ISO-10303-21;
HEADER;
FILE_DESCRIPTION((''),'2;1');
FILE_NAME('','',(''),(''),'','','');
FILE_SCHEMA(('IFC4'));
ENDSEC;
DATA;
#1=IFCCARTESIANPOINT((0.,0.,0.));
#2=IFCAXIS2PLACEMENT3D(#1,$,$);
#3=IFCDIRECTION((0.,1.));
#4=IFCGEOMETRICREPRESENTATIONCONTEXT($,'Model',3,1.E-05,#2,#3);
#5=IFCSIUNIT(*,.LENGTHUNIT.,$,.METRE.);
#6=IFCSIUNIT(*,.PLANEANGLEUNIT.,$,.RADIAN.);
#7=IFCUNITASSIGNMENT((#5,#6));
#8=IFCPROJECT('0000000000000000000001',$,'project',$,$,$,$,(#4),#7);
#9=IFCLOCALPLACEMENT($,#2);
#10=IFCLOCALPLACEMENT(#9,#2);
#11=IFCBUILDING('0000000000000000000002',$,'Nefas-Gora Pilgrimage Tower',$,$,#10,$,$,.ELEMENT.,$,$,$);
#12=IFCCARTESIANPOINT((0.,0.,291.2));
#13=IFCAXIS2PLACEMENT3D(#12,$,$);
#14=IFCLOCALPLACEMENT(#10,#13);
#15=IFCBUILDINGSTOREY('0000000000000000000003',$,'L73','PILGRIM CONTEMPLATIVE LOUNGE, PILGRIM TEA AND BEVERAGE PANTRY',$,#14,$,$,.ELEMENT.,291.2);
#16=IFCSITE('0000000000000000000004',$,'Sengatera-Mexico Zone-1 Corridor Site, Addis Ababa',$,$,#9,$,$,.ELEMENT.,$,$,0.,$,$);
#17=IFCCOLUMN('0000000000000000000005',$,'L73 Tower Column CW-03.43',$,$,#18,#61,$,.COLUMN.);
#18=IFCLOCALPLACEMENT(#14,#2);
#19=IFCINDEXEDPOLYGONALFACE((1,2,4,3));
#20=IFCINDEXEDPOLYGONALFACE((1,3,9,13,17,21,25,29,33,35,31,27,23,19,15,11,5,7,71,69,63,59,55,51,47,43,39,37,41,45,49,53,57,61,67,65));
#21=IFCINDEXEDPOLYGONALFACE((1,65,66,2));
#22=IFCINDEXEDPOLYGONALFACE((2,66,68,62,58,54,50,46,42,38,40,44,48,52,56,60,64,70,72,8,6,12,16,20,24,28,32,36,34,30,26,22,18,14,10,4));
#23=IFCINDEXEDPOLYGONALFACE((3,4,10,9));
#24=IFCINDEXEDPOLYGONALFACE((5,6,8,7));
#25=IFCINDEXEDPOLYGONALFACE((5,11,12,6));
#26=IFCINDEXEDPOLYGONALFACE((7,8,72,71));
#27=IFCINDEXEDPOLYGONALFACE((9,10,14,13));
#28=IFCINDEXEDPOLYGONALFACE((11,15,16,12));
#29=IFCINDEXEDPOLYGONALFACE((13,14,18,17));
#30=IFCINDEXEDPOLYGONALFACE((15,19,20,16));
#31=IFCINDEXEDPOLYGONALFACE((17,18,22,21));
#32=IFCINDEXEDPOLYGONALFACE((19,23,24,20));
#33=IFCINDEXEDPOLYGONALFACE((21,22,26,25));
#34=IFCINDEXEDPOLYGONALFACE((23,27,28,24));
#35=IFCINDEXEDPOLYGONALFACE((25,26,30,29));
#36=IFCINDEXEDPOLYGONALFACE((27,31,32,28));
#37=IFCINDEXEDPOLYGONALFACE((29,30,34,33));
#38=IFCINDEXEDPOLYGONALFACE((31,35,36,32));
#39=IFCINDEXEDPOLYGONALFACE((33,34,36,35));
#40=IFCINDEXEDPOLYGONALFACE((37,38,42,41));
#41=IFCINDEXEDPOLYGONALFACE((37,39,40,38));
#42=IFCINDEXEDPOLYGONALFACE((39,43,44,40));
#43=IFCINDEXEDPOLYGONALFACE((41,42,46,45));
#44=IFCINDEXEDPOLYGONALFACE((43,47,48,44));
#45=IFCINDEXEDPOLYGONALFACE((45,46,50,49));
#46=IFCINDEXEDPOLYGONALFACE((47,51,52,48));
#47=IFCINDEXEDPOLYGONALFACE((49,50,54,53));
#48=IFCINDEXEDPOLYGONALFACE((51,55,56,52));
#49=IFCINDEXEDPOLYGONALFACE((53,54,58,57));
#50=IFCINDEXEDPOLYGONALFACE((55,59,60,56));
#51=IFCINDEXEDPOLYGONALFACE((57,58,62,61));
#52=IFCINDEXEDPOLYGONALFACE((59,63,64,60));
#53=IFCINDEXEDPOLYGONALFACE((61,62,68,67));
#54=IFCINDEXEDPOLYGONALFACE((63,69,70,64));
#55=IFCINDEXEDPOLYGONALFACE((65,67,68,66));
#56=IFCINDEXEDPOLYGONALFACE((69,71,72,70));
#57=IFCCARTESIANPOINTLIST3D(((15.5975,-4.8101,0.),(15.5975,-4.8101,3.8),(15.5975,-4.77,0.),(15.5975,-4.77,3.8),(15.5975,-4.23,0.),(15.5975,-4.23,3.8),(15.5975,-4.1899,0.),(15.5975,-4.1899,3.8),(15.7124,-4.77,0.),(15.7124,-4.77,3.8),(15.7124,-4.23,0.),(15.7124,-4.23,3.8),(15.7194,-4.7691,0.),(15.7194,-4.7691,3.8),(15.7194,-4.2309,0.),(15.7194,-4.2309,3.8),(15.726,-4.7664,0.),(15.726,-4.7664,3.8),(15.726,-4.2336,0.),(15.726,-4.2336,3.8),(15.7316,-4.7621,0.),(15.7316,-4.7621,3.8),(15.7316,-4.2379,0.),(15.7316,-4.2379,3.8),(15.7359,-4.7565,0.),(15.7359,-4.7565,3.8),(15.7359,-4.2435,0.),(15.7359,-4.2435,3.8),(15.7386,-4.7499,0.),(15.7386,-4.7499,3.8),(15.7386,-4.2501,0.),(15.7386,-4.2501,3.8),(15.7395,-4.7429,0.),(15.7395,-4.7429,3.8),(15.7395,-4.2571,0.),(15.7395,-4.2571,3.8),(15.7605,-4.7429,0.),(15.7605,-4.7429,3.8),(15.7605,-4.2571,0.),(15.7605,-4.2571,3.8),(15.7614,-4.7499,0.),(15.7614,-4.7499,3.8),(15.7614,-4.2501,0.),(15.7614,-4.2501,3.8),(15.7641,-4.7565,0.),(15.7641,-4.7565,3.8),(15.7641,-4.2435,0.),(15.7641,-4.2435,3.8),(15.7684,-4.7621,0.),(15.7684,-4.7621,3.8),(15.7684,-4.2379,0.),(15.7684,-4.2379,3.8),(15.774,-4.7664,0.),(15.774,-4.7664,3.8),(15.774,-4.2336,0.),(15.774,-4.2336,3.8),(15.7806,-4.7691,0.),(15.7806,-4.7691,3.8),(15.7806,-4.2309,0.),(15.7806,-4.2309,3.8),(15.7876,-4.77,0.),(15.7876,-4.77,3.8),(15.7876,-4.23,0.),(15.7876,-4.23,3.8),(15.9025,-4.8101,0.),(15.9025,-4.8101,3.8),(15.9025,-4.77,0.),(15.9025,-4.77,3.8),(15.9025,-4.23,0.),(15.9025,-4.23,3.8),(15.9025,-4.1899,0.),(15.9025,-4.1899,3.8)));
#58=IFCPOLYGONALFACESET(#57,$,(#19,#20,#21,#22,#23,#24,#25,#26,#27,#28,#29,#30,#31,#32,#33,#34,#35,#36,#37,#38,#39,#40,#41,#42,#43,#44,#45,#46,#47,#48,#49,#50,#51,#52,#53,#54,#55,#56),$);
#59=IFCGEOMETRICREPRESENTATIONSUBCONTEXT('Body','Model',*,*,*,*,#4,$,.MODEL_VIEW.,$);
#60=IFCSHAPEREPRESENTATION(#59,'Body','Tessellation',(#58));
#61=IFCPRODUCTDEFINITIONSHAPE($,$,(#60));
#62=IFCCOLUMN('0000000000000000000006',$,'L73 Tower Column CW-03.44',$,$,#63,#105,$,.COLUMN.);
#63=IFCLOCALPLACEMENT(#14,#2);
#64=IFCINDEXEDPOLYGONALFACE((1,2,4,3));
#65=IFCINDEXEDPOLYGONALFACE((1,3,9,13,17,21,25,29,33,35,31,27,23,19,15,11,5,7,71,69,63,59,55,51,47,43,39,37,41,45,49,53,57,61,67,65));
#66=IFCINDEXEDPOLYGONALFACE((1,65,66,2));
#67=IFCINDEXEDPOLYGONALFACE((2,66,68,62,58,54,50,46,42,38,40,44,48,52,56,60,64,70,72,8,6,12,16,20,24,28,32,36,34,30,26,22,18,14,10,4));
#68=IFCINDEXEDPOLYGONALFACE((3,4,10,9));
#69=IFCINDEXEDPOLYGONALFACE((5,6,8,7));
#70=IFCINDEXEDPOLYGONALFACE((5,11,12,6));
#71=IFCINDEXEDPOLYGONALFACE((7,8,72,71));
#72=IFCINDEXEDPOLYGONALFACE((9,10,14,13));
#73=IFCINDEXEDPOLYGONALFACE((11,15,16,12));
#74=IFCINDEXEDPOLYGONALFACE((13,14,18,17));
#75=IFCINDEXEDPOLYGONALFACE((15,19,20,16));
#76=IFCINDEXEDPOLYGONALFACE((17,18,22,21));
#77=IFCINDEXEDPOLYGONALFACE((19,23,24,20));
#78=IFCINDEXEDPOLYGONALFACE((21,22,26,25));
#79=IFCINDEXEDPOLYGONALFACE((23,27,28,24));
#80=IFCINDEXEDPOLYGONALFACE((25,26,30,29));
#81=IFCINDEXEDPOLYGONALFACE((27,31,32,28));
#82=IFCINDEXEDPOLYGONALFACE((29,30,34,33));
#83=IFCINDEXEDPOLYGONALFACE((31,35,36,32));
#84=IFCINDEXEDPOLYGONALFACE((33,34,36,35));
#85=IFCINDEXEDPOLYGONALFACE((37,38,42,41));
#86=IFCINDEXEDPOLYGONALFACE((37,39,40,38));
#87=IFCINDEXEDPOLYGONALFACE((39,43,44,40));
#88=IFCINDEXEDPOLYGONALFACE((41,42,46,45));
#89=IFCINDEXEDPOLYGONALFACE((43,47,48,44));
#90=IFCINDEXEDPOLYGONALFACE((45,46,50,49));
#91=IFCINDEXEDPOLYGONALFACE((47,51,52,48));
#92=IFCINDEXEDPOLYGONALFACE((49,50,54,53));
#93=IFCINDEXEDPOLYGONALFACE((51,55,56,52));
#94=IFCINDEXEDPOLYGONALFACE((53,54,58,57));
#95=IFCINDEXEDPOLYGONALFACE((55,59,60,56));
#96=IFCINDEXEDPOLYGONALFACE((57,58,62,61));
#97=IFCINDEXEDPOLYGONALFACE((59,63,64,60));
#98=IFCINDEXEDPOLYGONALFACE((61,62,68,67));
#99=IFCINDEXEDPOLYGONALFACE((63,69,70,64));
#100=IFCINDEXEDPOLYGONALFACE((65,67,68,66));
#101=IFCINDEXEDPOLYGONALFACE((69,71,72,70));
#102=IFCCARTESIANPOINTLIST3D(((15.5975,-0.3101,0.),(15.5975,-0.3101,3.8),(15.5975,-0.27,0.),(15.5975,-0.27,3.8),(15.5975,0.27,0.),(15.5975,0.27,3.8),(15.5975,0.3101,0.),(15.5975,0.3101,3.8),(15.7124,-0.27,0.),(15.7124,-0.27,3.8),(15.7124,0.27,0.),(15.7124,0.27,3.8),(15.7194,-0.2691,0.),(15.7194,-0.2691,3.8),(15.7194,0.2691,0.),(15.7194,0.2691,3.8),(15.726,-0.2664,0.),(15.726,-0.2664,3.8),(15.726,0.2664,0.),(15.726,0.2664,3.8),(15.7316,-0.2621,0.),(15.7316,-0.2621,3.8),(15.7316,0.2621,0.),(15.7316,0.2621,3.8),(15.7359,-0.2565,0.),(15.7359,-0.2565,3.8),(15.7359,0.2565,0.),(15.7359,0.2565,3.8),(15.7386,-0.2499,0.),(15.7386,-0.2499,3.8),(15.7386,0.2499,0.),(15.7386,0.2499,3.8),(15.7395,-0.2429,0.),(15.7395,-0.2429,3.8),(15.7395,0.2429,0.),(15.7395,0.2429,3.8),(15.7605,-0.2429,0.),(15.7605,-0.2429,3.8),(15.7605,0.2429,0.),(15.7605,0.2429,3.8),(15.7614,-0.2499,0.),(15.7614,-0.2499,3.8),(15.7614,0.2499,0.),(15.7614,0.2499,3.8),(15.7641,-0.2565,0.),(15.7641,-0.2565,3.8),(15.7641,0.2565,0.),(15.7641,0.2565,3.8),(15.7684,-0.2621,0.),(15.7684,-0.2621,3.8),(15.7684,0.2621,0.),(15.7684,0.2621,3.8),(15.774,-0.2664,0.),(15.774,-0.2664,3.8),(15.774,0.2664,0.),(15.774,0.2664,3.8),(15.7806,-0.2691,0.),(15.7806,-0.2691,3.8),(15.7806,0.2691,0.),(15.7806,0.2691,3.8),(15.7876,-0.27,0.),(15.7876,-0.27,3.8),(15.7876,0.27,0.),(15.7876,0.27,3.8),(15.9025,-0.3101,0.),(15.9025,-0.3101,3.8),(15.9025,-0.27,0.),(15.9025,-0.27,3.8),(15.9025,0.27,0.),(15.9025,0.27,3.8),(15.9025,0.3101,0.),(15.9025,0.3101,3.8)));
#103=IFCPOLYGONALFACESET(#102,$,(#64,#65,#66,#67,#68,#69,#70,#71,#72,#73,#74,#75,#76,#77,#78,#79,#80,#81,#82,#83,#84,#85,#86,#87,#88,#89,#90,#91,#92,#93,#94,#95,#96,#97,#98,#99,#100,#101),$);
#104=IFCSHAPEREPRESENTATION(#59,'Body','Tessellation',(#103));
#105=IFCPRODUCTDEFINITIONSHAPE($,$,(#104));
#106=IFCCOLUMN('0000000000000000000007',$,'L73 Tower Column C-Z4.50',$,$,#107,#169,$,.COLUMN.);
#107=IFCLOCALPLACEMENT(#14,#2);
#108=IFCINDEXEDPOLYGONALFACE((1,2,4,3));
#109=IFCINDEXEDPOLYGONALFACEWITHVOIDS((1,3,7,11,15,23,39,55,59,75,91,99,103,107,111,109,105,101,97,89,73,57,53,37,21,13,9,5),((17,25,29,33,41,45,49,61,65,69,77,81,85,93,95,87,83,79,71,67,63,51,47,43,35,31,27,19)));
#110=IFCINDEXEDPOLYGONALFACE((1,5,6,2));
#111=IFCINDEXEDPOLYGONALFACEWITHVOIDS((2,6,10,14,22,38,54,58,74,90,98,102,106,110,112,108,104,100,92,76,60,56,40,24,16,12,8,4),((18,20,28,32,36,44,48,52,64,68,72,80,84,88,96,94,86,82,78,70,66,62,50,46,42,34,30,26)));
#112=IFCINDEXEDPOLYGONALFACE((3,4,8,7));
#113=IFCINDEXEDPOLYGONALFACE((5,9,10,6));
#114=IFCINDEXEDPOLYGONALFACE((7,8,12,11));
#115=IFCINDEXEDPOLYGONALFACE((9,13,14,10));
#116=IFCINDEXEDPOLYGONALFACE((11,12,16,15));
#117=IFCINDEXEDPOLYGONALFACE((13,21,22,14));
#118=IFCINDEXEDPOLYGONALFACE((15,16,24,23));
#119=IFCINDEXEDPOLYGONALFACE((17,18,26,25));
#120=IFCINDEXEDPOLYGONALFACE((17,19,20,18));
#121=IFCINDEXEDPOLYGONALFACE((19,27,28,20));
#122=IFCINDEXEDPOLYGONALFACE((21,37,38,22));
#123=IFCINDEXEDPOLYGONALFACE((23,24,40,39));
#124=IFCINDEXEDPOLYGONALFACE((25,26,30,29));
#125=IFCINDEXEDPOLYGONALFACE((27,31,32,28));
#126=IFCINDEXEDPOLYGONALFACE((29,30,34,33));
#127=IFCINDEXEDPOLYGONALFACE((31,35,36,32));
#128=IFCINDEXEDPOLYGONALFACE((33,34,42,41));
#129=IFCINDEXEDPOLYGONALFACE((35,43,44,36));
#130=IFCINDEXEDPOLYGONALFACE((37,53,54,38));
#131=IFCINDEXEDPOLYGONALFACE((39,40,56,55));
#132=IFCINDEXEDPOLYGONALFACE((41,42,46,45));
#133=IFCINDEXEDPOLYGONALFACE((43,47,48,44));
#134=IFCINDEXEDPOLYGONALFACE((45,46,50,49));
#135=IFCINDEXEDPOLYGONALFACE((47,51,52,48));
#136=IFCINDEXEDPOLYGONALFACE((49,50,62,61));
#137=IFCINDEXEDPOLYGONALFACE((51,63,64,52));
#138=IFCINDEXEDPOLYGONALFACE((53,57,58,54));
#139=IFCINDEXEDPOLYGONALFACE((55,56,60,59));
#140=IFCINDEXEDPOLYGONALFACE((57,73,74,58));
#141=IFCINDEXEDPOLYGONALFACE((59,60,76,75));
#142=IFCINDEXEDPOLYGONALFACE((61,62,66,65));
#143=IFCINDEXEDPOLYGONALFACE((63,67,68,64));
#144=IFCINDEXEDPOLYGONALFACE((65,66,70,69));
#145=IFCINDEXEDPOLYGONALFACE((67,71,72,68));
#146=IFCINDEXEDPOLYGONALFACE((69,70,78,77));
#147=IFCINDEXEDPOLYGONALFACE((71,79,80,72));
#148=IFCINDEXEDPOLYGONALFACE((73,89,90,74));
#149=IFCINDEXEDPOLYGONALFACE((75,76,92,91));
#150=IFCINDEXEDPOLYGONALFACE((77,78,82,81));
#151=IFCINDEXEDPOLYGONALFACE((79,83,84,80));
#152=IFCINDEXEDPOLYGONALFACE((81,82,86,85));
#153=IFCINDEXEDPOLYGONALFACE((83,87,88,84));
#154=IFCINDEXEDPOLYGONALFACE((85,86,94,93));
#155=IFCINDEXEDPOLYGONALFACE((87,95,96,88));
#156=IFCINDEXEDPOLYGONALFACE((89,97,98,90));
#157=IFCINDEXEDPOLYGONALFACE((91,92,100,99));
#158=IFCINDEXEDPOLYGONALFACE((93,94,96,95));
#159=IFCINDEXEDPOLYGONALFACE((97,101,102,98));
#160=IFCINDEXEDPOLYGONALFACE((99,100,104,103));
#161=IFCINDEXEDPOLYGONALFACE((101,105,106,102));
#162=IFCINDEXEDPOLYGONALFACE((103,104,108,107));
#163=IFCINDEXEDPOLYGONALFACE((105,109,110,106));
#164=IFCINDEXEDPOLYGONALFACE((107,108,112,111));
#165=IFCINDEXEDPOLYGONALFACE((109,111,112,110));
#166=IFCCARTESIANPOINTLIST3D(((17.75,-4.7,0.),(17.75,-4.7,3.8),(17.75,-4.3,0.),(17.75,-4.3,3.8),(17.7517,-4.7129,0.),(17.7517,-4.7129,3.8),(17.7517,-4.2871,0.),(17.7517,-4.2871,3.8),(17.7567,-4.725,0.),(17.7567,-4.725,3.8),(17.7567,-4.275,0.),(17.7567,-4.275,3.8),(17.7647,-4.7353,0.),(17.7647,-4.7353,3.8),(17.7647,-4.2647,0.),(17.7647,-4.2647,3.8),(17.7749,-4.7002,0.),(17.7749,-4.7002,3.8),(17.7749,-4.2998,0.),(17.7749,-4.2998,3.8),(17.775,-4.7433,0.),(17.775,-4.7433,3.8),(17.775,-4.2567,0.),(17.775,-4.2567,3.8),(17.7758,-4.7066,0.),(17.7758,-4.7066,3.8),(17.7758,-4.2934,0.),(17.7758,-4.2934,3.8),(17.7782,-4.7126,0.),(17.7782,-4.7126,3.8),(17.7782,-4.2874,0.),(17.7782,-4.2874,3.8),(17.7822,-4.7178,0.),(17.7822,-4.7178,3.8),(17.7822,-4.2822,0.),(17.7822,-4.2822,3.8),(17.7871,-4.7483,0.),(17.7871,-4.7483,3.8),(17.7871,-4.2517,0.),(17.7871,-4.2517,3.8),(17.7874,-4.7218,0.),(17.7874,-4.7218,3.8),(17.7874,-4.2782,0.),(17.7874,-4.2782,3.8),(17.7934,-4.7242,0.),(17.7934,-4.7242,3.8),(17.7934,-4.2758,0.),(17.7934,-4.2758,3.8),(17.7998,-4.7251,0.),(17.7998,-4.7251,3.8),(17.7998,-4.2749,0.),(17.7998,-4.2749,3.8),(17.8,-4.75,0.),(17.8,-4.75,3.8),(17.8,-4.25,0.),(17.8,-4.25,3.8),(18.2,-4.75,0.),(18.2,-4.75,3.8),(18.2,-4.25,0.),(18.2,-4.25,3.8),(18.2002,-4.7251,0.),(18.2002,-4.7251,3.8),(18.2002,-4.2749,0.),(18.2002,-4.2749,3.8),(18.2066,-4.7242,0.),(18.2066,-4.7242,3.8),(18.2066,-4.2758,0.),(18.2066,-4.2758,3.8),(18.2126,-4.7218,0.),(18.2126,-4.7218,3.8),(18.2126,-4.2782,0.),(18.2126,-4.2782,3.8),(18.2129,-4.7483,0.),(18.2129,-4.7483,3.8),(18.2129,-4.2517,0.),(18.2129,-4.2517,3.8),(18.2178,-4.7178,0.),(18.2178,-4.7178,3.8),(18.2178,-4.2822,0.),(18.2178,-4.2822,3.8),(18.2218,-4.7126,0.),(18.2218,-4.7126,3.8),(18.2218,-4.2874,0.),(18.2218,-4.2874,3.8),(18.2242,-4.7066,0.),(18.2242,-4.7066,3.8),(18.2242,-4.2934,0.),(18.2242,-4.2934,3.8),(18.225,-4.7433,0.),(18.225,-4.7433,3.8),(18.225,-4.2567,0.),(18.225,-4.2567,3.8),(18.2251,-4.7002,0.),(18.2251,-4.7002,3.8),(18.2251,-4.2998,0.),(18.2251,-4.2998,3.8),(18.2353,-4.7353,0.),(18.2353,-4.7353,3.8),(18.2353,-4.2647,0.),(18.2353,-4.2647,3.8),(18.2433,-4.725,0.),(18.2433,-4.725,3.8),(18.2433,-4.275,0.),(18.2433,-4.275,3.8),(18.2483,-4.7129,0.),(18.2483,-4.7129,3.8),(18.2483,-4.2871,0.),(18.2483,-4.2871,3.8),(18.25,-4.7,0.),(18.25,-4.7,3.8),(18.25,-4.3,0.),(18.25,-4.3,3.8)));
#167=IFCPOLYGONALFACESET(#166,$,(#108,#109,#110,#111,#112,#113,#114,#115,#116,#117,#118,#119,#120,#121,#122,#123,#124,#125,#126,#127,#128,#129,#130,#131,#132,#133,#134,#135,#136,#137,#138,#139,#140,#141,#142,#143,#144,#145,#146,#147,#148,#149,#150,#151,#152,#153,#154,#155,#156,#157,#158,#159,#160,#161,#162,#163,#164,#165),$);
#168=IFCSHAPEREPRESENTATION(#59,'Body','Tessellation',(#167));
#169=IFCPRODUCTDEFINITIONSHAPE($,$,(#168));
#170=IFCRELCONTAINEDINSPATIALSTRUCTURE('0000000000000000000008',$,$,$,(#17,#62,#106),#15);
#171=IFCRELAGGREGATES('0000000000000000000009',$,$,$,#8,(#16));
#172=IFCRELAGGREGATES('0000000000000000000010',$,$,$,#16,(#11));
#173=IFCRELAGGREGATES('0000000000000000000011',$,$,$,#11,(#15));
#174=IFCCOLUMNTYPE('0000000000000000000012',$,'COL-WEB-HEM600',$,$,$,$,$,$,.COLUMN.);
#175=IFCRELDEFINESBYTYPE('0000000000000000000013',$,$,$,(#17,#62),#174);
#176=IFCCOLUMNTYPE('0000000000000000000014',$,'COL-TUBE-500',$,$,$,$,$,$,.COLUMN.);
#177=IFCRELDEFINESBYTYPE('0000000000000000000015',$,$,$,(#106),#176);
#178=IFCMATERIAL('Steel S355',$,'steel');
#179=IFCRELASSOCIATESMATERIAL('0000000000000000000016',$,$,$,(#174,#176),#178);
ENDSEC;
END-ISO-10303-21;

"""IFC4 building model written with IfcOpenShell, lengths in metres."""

from ifc_helpers import new_model, si_unit, direction, frame, origin, origin_2d, place, context, subcontext, project, spatial, hollow_rectangle, i_section, extrude, source, transform, mapped, material, material_profile, profile_set, type_object, element, save


model = new_model("IFC4")

# Units and contexts
model_context = context("Model", 3, precision=1e-05, world=origin(), true_north=direction((0.0, 1.0)))
body_context = subcontext(model_context, "Body", "Model", "MODEL_VIEW")
ifc_project = project(units=[si_unit("LENGTHUNIT", "METRE"), si_unit("PLANEANGLEUNIT", "RADIAN")], contexts=[model_context])

# Site, building, storey
site_placement = place(None, origin())
site = spatial("IfcSite", under=ifc_project, at=site_placement, Name="Sengatera-Mexico Zone-1 Corridor Site, Addis Ababa", CompositionType="ELEMENT", RefElevation=0.0)
building_placement = place(site_placement, origin())
building = spatial("IfcBuilding", under=site, at=building_placement, Name="Nefas-Gora Pilgrimage Tower", CompositionType="ELEMENT")
storey_placement = place(building_placement, frame((0.0, 0.0, 291.2)))
storey = spatial("IfcBuildingStorey", under=building, at=storey_placement, Name="L73", Description="PILGRIM CONTEMPLATIVE LOUNGE, PILGRIM TEA AND BEVERAGE PANTRY", CompositionType="ELEMENT", Elevation=291.2)

# Columns
ifc_material_1 = material(Name="Steel S355", Category="steel")
ifc_material_profile_1 = material_profile(ifc_material_1, i_section(OverallWidth=0.3049, OverallDepth=0.6201, WebThickness=0.021, FlangeThickness=0.04, FilletRadius=0.0271, at=origin_2d()), Name="HEM 600")
ifc_profile_set_1 = profile_set([ifc_material_profile_1], Name="Steel S355")
column_type_1 = type_object("IfcColumnType", Name="COL-WEB-HEM600", PredefinedType="COLUMN", material=ifc_profile_set_1)
shared_shape_1 = source(origin(), body_context, "Body", "SweptSolid", [
    extrude(i_section(OverallWidth=0.3049, OverallDepth=0.6201, WebThickness=0.021, FlangeThickness=0.04, FilletRadius=0.0271, at=origin_2d()), origin(), (0.0, 0.0, 1.0), 3.8),
])
for number, where, z_axis, x_axis, name in (
    (1, (15.75, -4.5, 0.0), (0.0, 0.0, 1.0), (1.0, 0.0, 0.0), "L73 Tower Column CW-03.43"),
    (2, (15.75, 0.0, 0.0), (0.0, 0.0, 1.0), (1.0, 0.0, 0.0), "L73 Tower Column CW-03.44"),
):
    element("IfcColumn", number, at=place(storey_placement, frame(where, z_axis=z_axis, x_axis=x_axis)), inside=storey, type_object=column_type_1, Name=name, PredefinedType="COLUMN", context=body_context, shape_type="MappedRepresentation", body=[
        mapped(shared_shape_1, transform((0.0, 0.0, 0.0), x_axis=(1.0, 0.0, 0.0), y_axis=(0.0, 1.0, 0.0), z_axis=(0.0, 0.0, 1.0), scale=1.0)),
    ])
ifc_material_profile_2 = material_profile(ifc_material_1, hollow_rectangle(XDim=0.5, YDim=0.5, WallThickness=0.0249, InnerFilletRadius=0.0249, OuterFilletRadius=0.05, at=origin_2d()), Name="SHS 500x500x25")
ifc_profile_set_2 = profile_set([ifc_material_profile_2], Name="Steel S355")
column_type_2 = type_object("IfcColumnType", Name="COL-TUBE-500", PredefinedType="COLUMN", material=ifc_profile_set_2)
shared_shape_2 = source(origin(), body_context, "Body", "SweptSolid", [
    extrude(hollow_rectangle(XDim=0.5, YDim=0.5, WallThickness=0.0249, InnerFilletRadius=0.0249, OuterFilletRadius=0.05, at=origin_2d()), origin(), (0.0, 0.0, 1.0), 3.8),
])
for number, where, z_axis, x_axis, name in (
    (3, (18.0, -4.5, 0.0), (0.0, 0.0, 1.0), (1.0, 0.0, 0.0), "L73 Tower Column C-Z4.50"),
):
    element("IfcColumn", number, at=place(storey_placement, frame(where, z_axis=z_axis, x_axis=x_axis)), inside=storey, type_object=column_type_2, Name=name, PredefinedType="COLUMN", context=body_context, shape_type="MappedRepresentation", body=[
        mapped(shared_shape_2, transform((0.0, 0.0, 0.0), x_axis=(1.0, 0.0, 0.0), y_axis=(0.0, 1.0, 0.0), z_axis=(0.0, 0.0, 1.0), scale=1.0)),
    ])

save(model, "model.ifc")
